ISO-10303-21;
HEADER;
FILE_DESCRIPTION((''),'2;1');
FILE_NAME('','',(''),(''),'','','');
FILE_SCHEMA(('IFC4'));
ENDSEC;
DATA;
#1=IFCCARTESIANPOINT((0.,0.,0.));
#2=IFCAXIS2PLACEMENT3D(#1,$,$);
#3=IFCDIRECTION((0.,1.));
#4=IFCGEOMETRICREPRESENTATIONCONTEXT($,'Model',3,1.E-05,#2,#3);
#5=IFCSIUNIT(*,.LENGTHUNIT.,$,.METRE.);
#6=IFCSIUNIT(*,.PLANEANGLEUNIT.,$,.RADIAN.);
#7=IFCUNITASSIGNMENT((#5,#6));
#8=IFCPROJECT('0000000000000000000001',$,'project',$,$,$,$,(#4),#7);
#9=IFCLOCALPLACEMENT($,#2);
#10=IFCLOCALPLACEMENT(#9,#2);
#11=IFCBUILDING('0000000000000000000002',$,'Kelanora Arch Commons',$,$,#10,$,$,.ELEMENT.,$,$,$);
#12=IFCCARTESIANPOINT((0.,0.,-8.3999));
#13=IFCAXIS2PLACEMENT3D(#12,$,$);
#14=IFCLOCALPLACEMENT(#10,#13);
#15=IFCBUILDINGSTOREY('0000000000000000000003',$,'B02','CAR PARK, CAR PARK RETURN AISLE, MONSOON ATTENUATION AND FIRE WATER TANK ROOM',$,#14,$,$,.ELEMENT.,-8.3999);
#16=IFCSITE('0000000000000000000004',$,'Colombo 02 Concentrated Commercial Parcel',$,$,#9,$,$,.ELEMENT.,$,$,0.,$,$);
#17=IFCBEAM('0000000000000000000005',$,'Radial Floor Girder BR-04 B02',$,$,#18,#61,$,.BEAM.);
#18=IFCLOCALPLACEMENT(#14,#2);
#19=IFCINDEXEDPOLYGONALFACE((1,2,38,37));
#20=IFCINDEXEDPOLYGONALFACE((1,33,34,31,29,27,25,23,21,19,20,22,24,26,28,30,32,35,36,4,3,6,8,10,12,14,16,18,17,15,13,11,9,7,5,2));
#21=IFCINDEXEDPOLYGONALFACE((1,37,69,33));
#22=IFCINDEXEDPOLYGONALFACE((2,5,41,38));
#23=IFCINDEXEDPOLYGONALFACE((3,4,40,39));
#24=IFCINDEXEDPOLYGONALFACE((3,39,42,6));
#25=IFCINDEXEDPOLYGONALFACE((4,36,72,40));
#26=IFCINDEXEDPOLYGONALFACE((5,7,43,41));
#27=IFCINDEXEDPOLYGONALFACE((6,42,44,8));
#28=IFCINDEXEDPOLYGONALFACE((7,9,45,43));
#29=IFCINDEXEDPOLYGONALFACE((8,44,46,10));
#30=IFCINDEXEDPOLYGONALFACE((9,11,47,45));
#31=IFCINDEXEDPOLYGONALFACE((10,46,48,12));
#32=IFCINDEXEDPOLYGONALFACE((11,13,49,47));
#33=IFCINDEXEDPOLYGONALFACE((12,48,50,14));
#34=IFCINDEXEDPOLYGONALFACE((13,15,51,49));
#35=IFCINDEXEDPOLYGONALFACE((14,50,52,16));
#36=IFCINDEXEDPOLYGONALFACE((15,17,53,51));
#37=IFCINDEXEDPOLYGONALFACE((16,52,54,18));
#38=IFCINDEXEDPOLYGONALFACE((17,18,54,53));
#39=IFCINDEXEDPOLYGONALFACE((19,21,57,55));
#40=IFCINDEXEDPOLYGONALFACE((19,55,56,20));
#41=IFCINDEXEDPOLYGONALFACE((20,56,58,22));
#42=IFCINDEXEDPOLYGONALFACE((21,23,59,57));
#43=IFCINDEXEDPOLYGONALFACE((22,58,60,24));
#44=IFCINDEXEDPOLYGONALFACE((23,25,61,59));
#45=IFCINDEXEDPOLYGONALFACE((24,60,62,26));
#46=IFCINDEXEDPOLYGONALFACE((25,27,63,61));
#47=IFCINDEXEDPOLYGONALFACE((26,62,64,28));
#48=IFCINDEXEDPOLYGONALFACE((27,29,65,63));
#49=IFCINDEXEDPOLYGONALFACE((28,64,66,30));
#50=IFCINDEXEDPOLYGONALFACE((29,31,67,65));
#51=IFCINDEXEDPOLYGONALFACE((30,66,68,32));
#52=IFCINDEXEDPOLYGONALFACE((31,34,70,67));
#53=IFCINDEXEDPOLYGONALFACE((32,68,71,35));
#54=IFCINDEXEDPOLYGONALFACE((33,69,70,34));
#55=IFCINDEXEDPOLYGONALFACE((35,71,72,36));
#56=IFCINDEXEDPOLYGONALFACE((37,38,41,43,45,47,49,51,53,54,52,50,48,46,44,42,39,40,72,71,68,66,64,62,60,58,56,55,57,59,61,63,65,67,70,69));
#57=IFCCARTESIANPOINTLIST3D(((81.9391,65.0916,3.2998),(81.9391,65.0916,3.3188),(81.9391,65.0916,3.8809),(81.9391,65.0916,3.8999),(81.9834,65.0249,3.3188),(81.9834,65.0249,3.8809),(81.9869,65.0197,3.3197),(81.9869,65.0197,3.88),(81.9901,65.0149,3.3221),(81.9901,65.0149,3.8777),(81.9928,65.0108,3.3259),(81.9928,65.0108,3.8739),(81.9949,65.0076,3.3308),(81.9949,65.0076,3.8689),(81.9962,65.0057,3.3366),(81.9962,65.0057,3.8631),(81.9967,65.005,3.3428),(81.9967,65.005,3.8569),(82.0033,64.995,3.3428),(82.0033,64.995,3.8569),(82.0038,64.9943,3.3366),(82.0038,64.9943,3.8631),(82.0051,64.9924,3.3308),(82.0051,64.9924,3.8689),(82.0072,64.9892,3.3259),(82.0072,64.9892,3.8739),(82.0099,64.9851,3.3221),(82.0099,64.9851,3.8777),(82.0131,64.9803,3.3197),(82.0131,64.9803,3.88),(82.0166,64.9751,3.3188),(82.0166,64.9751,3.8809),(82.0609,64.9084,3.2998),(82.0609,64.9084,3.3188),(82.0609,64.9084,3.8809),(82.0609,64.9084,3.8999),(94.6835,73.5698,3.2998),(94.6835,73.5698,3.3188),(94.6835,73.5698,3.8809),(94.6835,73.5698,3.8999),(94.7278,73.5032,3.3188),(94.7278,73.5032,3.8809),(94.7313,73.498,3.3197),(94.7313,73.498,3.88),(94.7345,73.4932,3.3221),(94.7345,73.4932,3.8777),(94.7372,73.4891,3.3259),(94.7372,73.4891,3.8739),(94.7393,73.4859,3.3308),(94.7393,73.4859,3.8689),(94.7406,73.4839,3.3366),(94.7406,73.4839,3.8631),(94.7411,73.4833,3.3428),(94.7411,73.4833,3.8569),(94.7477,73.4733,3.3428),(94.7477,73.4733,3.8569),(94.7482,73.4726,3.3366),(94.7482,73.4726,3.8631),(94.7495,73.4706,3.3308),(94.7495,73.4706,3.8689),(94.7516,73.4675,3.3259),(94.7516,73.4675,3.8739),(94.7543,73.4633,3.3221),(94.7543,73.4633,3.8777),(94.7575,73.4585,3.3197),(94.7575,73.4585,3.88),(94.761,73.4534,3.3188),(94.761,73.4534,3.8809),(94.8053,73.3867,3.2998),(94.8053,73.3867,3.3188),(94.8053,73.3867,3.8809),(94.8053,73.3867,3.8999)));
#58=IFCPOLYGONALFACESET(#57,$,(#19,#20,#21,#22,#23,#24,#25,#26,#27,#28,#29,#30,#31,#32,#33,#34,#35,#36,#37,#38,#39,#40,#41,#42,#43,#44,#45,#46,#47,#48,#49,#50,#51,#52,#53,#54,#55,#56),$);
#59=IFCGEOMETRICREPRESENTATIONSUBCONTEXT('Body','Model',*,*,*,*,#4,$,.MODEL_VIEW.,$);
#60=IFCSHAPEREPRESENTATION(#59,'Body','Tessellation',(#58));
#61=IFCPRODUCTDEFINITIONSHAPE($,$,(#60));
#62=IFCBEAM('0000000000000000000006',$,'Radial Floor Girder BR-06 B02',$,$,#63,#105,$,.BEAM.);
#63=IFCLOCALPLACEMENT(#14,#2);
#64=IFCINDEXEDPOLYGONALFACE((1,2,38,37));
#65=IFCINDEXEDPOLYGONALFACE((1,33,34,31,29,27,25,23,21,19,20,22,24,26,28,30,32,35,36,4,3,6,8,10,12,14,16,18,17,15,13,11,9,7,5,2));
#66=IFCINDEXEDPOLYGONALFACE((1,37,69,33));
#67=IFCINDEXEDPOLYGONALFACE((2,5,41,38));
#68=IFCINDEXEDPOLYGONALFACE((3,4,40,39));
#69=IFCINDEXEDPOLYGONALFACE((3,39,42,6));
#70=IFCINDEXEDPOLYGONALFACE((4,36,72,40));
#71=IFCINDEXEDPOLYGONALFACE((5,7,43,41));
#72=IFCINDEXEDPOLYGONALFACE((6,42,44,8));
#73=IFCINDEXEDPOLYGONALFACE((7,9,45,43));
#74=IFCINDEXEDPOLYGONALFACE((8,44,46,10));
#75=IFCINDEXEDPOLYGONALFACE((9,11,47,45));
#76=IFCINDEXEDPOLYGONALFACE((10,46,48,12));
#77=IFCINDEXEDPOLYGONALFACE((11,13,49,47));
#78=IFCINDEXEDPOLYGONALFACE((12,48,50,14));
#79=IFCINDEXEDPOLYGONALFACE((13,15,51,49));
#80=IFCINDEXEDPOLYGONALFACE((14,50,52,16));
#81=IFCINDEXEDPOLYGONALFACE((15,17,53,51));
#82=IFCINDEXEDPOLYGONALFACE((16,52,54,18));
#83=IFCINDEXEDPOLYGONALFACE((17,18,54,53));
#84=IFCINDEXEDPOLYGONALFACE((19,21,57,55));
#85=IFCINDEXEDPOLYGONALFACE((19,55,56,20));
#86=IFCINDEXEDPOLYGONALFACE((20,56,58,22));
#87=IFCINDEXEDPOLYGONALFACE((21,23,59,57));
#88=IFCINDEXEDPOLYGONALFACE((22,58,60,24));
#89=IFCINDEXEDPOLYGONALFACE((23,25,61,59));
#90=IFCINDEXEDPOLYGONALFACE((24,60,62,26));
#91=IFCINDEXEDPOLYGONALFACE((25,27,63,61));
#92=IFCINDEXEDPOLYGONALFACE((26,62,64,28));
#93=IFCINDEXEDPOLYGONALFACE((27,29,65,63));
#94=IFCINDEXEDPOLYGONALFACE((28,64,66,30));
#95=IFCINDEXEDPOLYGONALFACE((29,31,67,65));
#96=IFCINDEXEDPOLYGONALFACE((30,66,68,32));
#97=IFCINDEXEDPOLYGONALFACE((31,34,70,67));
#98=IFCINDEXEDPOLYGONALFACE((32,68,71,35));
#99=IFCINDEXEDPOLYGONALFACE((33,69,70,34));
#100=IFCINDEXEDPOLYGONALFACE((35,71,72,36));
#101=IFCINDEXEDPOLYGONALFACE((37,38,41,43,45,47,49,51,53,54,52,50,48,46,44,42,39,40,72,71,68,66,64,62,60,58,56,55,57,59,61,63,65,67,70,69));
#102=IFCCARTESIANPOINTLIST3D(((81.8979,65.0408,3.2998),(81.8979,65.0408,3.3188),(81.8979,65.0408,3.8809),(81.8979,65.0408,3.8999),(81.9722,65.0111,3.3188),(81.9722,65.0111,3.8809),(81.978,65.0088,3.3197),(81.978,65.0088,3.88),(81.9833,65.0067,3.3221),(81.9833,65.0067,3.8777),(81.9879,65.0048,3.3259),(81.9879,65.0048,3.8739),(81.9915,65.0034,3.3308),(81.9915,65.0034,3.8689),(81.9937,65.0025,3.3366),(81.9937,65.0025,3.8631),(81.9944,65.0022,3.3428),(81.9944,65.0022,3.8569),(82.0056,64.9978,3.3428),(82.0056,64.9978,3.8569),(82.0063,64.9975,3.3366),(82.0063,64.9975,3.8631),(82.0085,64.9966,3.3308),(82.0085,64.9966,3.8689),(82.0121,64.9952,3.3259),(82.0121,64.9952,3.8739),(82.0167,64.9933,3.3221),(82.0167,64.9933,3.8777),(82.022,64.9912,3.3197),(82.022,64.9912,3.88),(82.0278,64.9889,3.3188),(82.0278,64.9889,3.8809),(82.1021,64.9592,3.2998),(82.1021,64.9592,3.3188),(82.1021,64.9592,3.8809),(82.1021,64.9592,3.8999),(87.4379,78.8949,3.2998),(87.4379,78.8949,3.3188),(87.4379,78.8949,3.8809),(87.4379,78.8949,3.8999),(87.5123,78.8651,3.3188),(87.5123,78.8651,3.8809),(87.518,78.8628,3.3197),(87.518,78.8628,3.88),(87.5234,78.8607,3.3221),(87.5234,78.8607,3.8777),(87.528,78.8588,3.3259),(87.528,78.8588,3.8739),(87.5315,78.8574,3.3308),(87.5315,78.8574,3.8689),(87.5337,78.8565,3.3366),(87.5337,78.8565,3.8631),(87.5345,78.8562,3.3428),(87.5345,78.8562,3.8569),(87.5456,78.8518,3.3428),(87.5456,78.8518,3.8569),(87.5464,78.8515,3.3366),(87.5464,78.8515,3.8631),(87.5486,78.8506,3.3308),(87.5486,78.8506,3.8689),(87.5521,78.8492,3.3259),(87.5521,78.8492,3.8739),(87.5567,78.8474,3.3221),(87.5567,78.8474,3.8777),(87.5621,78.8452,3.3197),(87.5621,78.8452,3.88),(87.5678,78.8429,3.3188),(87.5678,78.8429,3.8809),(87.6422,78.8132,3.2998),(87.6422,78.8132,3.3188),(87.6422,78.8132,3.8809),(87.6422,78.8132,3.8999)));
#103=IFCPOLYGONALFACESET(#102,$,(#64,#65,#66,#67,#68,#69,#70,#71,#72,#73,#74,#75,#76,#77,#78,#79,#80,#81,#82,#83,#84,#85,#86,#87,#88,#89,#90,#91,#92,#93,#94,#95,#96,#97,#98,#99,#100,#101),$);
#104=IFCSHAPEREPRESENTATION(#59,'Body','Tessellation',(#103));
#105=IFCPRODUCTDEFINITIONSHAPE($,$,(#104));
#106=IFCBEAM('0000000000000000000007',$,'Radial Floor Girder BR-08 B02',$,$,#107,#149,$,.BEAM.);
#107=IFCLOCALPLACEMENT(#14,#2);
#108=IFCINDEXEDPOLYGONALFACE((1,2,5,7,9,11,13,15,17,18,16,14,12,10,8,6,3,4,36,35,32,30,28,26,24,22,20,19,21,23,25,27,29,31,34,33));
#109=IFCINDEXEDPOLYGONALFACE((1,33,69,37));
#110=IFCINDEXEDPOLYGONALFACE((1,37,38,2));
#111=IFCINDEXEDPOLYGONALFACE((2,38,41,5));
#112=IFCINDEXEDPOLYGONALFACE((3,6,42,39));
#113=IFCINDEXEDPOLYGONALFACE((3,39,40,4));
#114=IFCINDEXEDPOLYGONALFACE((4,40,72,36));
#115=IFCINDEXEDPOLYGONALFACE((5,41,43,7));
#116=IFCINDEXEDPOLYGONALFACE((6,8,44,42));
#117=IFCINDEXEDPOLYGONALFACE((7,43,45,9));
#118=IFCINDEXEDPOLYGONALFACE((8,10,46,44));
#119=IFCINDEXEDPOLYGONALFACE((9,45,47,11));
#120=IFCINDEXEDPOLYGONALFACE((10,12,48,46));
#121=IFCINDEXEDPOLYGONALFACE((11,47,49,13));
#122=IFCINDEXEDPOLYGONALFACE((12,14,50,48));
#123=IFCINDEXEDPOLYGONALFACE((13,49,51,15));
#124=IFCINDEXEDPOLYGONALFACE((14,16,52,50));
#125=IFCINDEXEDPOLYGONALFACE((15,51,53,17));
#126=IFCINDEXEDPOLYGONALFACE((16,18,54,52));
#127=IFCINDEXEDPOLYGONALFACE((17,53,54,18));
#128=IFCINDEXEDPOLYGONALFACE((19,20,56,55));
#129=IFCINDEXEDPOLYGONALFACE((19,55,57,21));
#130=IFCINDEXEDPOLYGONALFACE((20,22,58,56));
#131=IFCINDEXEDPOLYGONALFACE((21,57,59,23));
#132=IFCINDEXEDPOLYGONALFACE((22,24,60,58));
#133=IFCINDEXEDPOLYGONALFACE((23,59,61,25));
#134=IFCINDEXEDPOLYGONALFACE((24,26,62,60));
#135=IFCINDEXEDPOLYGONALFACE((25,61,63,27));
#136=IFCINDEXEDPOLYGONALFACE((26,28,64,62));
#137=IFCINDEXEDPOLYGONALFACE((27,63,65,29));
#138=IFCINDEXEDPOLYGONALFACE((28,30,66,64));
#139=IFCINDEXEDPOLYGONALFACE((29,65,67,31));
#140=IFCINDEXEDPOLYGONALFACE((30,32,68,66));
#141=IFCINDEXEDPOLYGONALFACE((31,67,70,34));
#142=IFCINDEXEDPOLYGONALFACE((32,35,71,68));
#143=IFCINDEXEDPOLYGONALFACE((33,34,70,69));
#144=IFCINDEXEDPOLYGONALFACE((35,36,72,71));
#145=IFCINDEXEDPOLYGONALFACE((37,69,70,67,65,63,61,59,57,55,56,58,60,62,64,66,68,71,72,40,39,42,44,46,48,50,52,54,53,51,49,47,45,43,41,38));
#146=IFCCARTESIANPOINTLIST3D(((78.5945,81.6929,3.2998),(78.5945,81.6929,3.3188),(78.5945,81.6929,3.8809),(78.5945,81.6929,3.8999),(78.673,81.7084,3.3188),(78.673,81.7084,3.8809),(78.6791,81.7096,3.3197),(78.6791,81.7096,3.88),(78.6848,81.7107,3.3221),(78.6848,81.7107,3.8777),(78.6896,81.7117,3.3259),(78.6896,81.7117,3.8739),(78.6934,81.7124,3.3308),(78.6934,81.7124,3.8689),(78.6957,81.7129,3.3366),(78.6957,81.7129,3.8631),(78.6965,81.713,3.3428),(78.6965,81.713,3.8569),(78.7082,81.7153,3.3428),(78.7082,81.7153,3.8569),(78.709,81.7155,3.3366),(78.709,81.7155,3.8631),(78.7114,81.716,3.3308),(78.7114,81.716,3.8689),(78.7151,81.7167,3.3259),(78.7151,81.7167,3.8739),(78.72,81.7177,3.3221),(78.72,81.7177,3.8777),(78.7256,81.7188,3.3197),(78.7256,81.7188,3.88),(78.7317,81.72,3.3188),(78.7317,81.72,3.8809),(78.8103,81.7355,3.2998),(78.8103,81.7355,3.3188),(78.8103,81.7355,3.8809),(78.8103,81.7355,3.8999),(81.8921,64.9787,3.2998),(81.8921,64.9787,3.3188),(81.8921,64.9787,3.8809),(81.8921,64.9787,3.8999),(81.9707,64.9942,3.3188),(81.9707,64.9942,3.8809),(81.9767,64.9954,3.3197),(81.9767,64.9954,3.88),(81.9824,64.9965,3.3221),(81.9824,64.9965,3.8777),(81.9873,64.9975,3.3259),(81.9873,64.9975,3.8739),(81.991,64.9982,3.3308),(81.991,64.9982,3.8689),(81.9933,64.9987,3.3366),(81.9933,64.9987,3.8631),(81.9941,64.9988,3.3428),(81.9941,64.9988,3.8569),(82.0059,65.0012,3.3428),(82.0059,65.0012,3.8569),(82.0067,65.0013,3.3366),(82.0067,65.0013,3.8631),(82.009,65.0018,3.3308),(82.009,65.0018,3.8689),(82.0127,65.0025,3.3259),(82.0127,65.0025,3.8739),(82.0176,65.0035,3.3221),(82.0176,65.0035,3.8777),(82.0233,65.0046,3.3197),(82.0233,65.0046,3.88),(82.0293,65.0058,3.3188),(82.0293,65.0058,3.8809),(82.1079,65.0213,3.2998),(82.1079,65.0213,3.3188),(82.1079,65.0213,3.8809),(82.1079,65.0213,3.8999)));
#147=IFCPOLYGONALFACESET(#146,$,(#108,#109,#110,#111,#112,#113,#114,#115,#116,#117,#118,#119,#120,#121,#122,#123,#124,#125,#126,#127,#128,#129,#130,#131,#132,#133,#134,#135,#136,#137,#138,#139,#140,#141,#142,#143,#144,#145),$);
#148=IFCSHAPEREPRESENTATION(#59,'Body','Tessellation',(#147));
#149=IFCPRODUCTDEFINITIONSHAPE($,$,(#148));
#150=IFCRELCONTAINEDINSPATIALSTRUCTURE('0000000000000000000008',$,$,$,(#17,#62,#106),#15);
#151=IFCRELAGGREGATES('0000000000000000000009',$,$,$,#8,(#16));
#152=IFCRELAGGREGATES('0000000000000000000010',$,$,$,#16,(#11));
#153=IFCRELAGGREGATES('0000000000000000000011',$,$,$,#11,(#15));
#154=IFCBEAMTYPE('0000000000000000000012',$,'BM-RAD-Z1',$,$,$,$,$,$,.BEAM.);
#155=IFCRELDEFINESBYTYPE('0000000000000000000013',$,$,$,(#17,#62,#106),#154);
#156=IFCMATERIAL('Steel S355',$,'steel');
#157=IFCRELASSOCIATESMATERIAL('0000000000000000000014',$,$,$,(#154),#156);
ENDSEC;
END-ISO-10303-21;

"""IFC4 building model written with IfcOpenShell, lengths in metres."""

from ifc_helpers import new_model, si_unit, direction, frame, origin, origin_2d, place, context, subcontext, project, spatial, i_section, extrude, material, material_profile, profile_set, type_object, element, save


model = new_model("IFC4")

# Units and contexts
model_context = context("Model", 3, precision=1e-05, world=origin(), true_north=direction((0.0, 1.0)))
body_context = subcontext(model_context, "Body", "Model", "MODEL_VIEW")
ifc_project = project(units=[si_unit("LENGTHUNIT", "METRE"), si_unit("PLANEANGLEUNIT", "RADIAN")], contexts=[model_context])

# Site, building, storey
site_placement = place(None, origin())
site = spatial("IfcSite", under=ifc_project, at=site_placement, Name="Colombo 02 Concentrated Commercial Parcel", CompositionType="ELEMENT", RefElevation=0.0)
building_placement = place(site_placement, origin())
building = spatial("IfcBuilding", under=site, at=building_placement, Name="Kelanora Arch Commons", CompositionType="ELEMENT")
storey_placement = place(building_placement, frame((0.0, 0.0, -8.3999)))
storey = spatial("IfcBuildingStorey", under=building, at=storey_placement, Name="B02", Description="CAR PARK, CAR PARK RETURN AISLE, MONSOON ATTENUATION AND FIRE WATER TANK ROOM", CompositionType="ELEMENT", Elevation=-8.3999)

# Shared definitions
ifc_material_1 = material(Name="Steel S355", Category="steel")

# Beams
ifc_material_profile_1 = material_profile(ifc_material_1, i_section(OverallWidth=0.22, OverallDepth=0.6001, WebThickness=0.012, FlangeThickness=0.019, FilletRadius=0.0239, at=origin_2d()), Name="IPE600")
ifc_profile_set_1 = profile_set([ifc_material_profile_1], Name="Steel S355")
beam_type_1 = type_object("IfcBeamType", Name="BM-RAD-Z1", PredefinedType="BEAM", material=ifc_profile_set_1)
beam_1_placement = place(storey_placement, frame((82.0, 65.0, 3.5999), z_axis=(0.832592, 0.553886, 0.0), x_axis=(-0.553886, 0.832592, 0.0)))
element("IfcBeam", 1, at=beam_1_placement, inside=storey, type_object=beam_type_1, Name="Radial Floor Girder BR-04 B02", PredefinedType="BEAM", context=body_context, shape_type="SweptSolid", body=[
    extrude(i_section(OverallWidth=0.22, OverallDepth=0.6001, WebThickness=0.012, FlangeThickness=0.019, FilletRadius=0.0239, at=origin_2d()), origin(), (0.0, 0.0, 1.0), 15.3069),
])
beam_2_placement = place(storey_placement, frame((82.0, 65.0, 3.5999), z_axis=(0.3713, 0.928513, 0.0), x_axis=(-0.928513, 0.3713, 0.0)))
element("IfcBeam", 2, at=beam_2_placement, inside=storey, type_object=beam_type_1, Name="Radial Floor Girder BR-06 B02", PredefinedType="BEAM", context=body_context, shape_type="SweptSolid", body=[
    extrude(i_section(OverallWidth=0.22, OverallDepth=0.6001, WebThickness=0.012, FlangeThickness=0.019, FilletRadius=0.0239, at=origin_2d()), origin(), (0.0, 0.0, 1.0), 14.9207),
])
beam_3_placement = place(storey_placement, frame((82.0, 65.0, 3.5999), z_axis=(-0.193564, 0.981088, 0.0), x_axis=(-0.981088, -0.193564, 0.0)))
element("IfcBeam", 3, at=beam_3_placement, inside=storey, type_object=beam_type_1, Name="Radial Floor Girder BR-08 B02", PredefinedType="BEAM", context=body_context, shape_type="SweptSolid", body=[
    extrude(i_section(OverallWidth=0.22, OverallDepth=0.6001, WebThickness=0.012, FlangeThickness=0.019, FilletRadius=0.0239, at=origin_2d()), origin(), (0.0, 0.0, 1.0), 17.0364),
])

save(model, "model.ifc")
